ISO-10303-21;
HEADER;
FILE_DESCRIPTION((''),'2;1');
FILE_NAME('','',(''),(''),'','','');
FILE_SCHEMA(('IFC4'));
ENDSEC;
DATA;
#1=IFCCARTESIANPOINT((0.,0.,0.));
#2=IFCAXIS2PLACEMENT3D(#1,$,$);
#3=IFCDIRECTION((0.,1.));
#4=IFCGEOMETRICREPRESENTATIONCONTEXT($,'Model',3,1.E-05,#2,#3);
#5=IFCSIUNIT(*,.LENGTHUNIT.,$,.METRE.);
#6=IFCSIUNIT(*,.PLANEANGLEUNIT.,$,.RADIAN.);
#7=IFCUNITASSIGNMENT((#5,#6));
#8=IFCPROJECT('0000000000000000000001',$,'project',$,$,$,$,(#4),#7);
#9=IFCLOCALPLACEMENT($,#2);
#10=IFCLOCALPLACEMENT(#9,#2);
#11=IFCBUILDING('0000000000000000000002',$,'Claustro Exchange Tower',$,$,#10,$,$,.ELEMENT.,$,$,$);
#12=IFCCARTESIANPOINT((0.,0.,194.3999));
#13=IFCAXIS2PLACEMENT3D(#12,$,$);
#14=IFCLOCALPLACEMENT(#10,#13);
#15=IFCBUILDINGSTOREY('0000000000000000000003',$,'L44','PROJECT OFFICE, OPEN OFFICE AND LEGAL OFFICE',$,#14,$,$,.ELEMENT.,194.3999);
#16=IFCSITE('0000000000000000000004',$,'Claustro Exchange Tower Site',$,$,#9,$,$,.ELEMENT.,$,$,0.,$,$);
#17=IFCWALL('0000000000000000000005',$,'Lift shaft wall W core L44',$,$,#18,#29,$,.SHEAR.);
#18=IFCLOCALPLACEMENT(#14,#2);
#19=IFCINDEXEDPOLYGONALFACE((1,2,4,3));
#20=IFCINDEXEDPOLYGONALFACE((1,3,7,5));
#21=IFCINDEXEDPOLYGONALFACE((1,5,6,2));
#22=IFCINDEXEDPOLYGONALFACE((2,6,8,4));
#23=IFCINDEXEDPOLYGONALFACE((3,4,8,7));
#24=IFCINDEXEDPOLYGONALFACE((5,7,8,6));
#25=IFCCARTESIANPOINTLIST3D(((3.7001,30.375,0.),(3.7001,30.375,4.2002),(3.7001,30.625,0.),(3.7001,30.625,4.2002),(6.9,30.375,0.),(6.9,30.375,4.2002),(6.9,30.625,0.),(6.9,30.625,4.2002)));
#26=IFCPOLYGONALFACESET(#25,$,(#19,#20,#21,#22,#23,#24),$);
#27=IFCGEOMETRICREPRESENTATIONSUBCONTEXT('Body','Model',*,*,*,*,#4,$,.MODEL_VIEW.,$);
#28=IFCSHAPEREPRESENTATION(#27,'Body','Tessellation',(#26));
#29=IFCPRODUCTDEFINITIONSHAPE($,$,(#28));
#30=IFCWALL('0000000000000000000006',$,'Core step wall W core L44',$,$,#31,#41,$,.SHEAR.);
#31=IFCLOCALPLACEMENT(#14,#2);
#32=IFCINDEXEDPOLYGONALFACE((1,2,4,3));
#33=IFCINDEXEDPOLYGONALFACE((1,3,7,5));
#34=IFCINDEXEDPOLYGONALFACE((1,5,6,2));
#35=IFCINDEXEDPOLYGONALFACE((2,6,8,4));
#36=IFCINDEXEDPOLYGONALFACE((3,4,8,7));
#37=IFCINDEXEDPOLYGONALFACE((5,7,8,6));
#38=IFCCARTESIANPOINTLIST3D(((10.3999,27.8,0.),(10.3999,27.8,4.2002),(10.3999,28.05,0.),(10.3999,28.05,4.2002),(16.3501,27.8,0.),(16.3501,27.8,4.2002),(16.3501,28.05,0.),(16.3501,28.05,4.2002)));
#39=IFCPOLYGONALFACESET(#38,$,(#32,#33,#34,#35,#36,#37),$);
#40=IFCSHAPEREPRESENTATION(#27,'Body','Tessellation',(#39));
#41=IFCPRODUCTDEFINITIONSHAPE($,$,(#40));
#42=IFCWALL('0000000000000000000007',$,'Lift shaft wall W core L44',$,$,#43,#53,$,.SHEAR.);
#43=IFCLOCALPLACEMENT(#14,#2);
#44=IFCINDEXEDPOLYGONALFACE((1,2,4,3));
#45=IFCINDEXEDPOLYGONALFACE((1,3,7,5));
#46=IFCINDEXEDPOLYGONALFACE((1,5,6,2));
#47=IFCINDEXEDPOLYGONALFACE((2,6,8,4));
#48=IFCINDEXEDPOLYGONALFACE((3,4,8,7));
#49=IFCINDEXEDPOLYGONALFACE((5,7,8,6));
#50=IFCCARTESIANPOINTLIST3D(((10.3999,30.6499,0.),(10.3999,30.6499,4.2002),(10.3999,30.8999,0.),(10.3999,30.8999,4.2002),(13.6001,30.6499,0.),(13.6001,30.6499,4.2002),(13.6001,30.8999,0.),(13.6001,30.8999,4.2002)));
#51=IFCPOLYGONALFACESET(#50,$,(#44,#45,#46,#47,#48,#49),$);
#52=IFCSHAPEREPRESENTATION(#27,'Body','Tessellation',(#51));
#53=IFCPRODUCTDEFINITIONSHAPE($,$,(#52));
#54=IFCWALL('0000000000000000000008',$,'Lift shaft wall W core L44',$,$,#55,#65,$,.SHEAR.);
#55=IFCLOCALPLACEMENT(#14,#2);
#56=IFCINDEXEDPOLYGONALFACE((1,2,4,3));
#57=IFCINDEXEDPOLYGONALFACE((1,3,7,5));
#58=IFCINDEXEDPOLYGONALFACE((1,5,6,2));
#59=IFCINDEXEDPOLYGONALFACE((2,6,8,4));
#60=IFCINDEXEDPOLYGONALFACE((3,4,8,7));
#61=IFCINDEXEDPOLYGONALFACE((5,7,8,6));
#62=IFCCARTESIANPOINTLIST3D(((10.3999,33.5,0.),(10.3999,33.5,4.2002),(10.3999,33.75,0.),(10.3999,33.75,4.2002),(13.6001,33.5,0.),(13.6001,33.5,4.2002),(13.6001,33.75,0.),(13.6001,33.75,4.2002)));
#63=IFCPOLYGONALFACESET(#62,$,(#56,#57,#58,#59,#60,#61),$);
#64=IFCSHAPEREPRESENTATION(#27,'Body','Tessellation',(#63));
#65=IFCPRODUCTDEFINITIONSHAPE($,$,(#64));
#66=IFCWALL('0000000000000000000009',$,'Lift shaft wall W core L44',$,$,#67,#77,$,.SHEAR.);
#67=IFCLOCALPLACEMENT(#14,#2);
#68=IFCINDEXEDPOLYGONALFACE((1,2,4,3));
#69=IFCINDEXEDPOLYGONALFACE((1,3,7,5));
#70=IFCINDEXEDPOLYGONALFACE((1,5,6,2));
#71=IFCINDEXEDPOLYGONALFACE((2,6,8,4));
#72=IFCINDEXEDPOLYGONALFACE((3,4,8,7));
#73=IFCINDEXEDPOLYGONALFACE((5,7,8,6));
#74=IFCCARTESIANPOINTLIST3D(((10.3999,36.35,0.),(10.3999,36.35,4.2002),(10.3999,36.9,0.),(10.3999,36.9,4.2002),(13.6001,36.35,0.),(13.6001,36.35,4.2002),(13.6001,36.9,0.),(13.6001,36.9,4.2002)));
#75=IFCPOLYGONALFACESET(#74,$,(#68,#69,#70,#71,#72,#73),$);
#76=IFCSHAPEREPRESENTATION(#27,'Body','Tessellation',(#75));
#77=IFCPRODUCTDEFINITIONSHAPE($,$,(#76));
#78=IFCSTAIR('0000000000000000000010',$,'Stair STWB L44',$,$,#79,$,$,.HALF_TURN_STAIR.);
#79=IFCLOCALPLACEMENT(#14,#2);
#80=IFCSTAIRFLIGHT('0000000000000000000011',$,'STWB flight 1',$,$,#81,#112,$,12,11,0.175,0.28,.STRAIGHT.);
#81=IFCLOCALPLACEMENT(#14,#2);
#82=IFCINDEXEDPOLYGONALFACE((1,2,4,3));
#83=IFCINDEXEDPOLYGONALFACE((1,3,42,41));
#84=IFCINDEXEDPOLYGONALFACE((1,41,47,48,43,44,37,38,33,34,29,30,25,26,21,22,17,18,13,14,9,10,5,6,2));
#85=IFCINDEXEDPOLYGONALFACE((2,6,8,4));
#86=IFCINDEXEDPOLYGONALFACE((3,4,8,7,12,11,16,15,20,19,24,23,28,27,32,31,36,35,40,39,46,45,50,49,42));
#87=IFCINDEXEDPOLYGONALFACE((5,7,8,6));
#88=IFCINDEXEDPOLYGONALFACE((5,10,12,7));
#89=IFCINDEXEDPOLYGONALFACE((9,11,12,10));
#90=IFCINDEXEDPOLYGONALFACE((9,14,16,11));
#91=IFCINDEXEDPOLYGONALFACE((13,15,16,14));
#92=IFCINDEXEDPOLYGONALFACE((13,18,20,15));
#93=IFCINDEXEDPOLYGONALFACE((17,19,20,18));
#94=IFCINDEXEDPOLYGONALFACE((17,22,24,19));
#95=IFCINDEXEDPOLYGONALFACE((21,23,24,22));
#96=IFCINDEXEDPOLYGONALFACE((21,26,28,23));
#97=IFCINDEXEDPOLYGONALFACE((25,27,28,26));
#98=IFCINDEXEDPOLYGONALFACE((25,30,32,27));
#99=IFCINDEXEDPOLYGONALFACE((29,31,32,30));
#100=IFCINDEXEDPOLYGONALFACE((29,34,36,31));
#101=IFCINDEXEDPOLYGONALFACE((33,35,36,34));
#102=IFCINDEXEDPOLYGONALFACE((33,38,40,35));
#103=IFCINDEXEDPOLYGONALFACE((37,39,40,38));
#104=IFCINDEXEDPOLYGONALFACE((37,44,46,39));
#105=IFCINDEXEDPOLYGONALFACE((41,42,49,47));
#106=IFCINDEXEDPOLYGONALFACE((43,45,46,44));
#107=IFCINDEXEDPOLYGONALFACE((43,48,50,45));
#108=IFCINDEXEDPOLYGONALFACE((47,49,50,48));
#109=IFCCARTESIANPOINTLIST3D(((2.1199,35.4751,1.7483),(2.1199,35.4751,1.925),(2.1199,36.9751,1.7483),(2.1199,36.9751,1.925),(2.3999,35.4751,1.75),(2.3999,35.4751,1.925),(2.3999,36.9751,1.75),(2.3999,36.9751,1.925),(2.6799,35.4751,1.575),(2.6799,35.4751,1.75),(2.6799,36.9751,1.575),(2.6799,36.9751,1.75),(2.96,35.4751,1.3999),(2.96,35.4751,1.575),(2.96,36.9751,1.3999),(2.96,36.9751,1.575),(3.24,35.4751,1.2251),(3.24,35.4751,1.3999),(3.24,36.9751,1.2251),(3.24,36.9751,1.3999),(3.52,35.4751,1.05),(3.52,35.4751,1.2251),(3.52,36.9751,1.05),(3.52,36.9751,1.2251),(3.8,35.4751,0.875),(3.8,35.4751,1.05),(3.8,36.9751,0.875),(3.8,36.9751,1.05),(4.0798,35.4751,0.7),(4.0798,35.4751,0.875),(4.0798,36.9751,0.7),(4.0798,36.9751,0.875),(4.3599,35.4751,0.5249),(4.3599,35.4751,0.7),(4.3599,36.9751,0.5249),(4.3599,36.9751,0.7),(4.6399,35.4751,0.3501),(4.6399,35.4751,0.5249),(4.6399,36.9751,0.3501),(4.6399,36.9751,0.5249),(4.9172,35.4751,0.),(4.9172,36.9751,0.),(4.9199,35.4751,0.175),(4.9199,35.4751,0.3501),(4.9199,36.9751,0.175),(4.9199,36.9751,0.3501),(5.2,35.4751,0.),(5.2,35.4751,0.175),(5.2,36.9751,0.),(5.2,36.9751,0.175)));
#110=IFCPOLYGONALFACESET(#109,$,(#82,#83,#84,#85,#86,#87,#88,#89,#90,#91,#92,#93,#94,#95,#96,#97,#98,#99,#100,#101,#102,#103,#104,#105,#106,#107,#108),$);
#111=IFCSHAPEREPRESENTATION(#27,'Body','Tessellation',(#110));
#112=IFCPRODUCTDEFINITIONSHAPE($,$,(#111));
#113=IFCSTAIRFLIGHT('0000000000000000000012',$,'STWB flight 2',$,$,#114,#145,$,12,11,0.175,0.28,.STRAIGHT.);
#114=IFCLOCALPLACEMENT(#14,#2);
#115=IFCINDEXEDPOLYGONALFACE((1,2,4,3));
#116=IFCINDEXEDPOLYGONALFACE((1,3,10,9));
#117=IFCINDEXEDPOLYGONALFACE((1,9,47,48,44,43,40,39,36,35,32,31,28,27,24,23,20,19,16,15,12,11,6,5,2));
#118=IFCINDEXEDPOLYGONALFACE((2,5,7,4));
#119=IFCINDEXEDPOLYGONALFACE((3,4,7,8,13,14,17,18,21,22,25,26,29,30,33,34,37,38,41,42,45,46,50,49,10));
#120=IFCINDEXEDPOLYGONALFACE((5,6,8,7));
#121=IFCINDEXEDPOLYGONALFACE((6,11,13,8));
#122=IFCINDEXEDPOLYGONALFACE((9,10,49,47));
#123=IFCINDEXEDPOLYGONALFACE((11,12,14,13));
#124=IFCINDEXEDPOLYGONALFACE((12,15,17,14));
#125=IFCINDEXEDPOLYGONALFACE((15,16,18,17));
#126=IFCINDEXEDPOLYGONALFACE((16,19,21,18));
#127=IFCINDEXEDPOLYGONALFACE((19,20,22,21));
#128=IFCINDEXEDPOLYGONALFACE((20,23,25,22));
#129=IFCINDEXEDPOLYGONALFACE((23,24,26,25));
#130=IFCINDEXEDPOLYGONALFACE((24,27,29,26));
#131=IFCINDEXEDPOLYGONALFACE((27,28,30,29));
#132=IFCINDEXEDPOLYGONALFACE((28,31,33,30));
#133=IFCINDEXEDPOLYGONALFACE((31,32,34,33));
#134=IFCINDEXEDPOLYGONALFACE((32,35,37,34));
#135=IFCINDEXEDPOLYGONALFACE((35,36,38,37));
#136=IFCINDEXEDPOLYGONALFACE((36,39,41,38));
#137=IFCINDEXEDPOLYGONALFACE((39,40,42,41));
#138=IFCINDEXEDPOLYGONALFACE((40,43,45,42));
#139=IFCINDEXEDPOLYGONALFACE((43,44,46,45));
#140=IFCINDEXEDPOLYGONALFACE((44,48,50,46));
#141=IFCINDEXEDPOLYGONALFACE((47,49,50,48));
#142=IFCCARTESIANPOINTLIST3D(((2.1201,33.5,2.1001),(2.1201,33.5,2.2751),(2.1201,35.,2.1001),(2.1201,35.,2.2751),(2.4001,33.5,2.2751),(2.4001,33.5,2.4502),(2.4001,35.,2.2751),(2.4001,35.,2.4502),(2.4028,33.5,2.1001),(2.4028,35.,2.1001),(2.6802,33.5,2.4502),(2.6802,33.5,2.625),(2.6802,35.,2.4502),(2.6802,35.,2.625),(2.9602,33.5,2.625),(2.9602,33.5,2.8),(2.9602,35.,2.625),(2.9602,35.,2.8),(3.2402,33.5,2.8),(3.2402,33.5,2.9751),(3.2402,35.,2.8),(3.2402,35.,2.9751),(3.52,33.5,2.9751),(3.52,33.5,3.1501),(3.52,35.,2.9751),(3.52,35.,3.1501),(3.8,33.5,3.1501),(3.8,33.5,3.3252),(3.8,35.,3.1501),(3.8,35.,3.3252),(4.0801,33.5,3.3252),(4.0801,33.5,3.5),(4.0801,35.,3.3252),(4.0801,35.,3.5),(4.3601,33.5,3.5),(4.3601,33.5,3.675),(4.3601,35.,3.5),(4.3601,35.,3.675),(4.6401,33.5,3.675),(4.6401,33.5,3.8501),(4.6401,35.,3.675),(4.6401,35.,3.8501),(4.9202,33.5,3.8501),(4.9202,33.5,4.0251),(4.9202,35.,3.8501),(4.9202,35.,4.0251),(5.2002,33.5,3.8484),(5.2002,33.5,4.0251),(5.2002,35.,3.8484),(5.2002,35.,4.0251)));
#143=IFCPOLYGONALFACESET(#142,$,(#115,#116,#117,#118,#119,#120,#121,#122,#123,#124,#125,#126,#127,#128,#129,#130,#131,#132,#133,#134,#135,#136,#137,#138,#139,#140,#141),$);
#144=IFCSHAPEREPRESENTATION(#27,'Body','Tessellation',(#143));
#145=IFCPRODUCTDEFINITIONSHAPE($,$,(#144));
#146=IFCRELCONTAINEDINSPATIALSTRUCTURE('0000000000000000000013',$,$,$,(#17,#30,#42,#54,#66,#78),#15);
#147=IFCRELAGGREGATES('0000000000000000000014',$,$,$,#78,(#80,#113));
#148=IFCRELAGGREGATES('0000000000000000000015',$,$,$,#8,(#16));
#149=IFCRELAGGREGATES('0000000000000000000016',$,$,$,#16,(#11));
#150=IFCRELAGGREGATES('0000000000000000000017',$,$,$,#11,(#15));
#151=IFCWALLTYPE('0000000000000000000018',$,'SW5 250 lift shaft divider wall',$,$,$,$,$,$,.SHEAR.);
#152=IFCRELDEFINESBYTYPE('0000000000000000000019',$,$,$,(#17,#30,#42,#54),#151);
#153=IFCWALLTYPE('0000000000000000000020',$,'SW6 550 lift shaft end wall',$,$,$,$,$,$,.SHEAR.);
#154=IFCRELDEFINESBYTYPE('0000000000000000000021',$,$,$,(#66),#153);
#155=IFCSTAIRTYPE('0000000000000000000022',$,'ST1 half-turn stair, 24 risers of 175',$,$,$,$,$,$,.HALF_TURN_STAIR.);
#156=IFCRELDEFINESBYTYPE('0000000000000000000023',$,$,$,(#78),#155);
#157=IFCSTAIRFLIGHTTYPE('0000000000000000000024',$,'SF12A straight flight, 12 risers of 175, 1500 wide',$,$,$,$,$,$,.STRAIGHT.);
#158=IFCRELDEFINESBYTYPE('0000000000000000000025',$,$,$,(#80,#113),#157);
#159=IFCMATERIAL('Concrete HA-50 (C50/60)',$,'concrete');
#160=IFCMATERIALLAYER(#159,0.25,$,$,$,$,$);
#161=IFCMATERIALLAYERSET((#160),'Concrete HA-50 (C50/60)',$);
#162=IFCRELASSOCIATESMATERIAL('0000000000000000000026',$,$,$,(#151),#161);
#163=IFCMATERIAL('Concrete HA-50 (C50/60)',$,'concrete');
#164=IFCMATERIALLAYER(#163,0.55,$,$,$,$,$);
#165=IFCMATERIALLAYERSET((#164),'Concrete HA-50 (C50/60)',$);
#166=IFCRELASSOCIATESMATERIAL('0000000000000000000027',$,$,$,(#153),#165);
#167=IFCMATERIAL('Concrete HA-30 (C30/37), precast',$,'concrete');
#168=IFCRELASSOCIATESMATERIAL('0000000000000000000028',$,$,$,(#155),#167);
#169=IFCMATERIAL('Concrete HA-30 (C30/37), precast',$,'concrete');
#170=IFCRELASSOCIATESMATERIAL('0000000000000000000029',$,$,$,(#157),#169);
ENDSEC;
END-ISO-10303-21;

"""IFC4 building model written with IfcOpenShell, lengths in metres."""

from ifc_helpers import new_model, si_unit, direction, frame, frame_2d, origin, place, context, subcontext, project, spatial, polyline, rectangle, outline, extrude, material, layer, layer_set, type_object, element, aggregate, save


model = new_model("IFC4")

# Units and contexts
model_context = context("Model", 3, precision=1e-05, world=origin(), true_north=direction((0.0, 1.0)))
body_context = subcontext(model_context, "Body", "Model", "MODEL_VIEW")
ifc_project = project(units=[si_unit("LENGTHUNIT", "METRE"), si_unit("PLANEANGLEUNIT", "RADIAN")], contexts=[model_context])

# Site, building, storey
site_placement = place(None, origin())
site = spatial("IfcSite", under=ifc_project, at=site_placement, Name="Claustro Exchange Tower Site", CompositionType="ELEMENT", RefElevation=0.0)
building_placement = place(site_placement, origin())
building = spatial("IfcBuilding", under=site, at=building_placement, Name="Claustro Exchange Tower", CompositionType="ELEMENT")
storey_placement = place(building_placement, frame((0.0, 0.0, 194.3999)))
storey = spatial("IfcBuildingStorey", under=building, at=storey_placement, Name="L44", Description="PROJECT OFFICE, OPEN OFFICE AND LEGAL OFFICE", CompositionType="ELEMENT", Elevation=194.3999)

# Walls
ifc_material_1 = material(Name="Concrete HA-50 (C50/60)", Category="concrete")
ifc_layer_1 = layer(ifc_material_1, 0.25)
ifc_layer_set_1 = layer_set([ifc_layer_1], Name="Concrete HA-50 (C50/60)")
wall_type_1 = type_object("IfcWallType", Name="SW5 250 lift shaft divider wall", PredefinedType="SHEAR", material=ifc_layer_set_1)
wall_1_placement = place(storey_placement, frame((3.7, 30.5, 0.0), z_axis=(0.0, 0.0, 1.0), x_axis=(1.0, 0.0, 0.0)))
element("IfcWall", 1, at=wall_1_placement, inside=storey, type_object=wall_type_1, Name="Lift shaft wall W core L44", PredefinedType="SHEAR", context=body_context, shape_type="SweptSolid", body=[
    extrude(rectangle(XDim=3.2, YDim=0.25, at=frame_2d((1.6001, 0.0))), origin(), (0.0, 0.0, 1.0), 4.2002),
])
wall_2_placement = place(storey_placement, frame((10.3999, 27.925, 0.0), z_axis=(0.0, 0.0, 1.0), x_axis=(1.0, 0.0, 0.0)))
element("IfcWall", 2, at=wall_2_placement, inside=storey, type_object=wall_type_1, Name="Core step wall W core L44", PredefinedType="SHEAR", context=body_context, shape_type="SweptSolid", body=[
    extrude(rectangle(XDim=5.9502, YDim=0.25, at=frame_2d((2.9751, 0.0))), origin(), (0.0, 0.0, 1.0), 4.2002),
])
for number, where, z_axis, x_axis, name in (
    (3, (10.3999, 30.7749, 0.0), (0.0, 0.0, 1.0), (1.0, 0.0, 0.0), "Lift shaft wall W core L44"),
    (4, (10.3999, 33.625, 0.0), (0.0, 0.0, 1.0), (1.0, 0.0, 0.0), "Lift shaft wall W core L44"),
):
    element("IfcWall", number, at=place(storey_placement, frame(where, z_axis=z_axis, x_axis=x_axis)), inside=storey, type_object=wall_type_1, Name=name, PredefinedType="SHEAR", context=body_context, shape_type="SweptSolid", body=[
        extrude(rectangle(XDim=3.2002, YDim=0.25, at=frame_2d((1.6001, 0.0))), origin(), (0.0, 0.0, 1.0), 4.2002),
    ])
ifc_material_2 = material(Name="Concrete HA-50 (C50/60)", Category="concrete")
ifc_layer_2 = layer(ifc_material_2, 0.55)
ifc_layer_set_2 = layer_set([ifc_layer_2], Name="Concrete HA-50 (C50/60)")
wall_type_2 = type_object("IfcWallType", Name="SW6 550 lift shaft end wall", PredefinedType="SHEAR", material=ifc_layer_set_2)
wall_3_placement = place(storey_placement, frame((10.3999, 36.625, 0.0), z_axis=(0.0, 0.0, 1.0), x_axis=(1.0, 0.0, 0.0)))
element("IfcWall", 5, at=wall_3_placement, inside=storey, type_object=wall_type_2, Name="Lift shaft wall W core L44", PredefinedType="SHEAR", context=body_context, shape_type="SweptSolid", body=[
    extrude(rectangle(XDim=3.2002, YDim=0.55, at=frame_2d((1.6001, 0.0))), origin(), (0.0, 0.0, 1.0), 4.2002),
])

# Stair, stair flights
ifc_material_3 = material(Name="Concrete HA-30 (C30/37), precast", Category="concrete")
stair_type = type_object("IfcStairType", Name="ST1 half-turn stair, 24 risers of 175", PredefinedType="HALF_TURN_STAIR", material=ifc_material_3)
stair_placement = place(storey_placement, origin())
stair = element("IfcStair", 6, at=stair_placement, inside=storey, type_object=stair_type, Name="Stair STWB L44", PredefinedType="HALF_TURN_STAIR")
ifc_material_4 = material(Name="Concrete HA-30 (C30/37), precast", Category="concrete")
stair_flight_type = type_object("IfcStairFlightType", Name="SF12A straight flight, 12 risers of 175, 1500 wide", PredefinedType="STRAIGHT", material=ifc_material_4)
stair_flight_1_placement = place(storey_placement, frame((5.2, 36.2251, 0.0), z_axis=(0.0, 0.0, 1.0), x_axis=(-1.0, 0.0, 0.0)))
stair_flight_1 = element("IfcStairFlight", 7, at=stair_flight_1_placement, type_object=stair_flight_type, Name="STWB flight 1", NumberOfRisers=12, NumberOfTreads=11, PredefinedType="STRAIGHT", RiserHeight=0.175, TreadLength=0.28, context=body_context, shape_type="SweptSolid", body=[
    extrude(outline(polyline([(0.0, 0.0), (0.0, 0.175), (0.28, 0.175), (0.28, 0.3501), (0.5601, 0.3501), (0.5601, 0.5249), (0.8401, 0.5249), (0.8401, 0.7), (1.1201, 0.7), (1.1201, 0.875), (1.3999, 0.875), (1.3999, 1.05), (1.6799, 1.05), (1.6799, 1.2251), (1.96, 1.2251), (1.96, 1.3999), (2.24, 1.3999), (2.24, 1.575), (2.52, 1.575), (2.52, 1.75), (2.8, 1.75), (2.8, 1.925), (3.0801, 1.925), (3.0801, 2.1001), (3.0801, 1.7483), (0.2827, 0.0), (0.0, 0.0)])), frame((0.0, 0.75, 0.0), z_axis=(0.0, -1.0, 0.0), x_axis=(1.0, 0.0, 0.0)), (0.0, 0.0, 1.0), 1.5),
])
stair_flight_2_placement = place(storey_placement, frame((2.1201, 34.25, 2.1001), z_axis=(0.0, 0.0, 1.0), x_axis=(1.0, 0.0, 0.0)))
stair_flight_2 = element("IfcStairFlight", 8, at=stair_flight_2_placement, type_object=stair_flight_type, Name="STWB flight 2", NumberOfRisers=12, NumberOfTreads=11, PredefinedType="STRAIGHT", RiserHeight=0.175, TreadLength=0.28, context=body_context, shape_type="SweptSolid", body=[
    extrude(outline(polyline([(0.0, 0.0), (0.0, 0.175), (0.28, 0.175), (0.28, 0.3501), (0.5601, 0.3501), (0.5601, 0.5249), (0.8401, 0.5249), (0.8401, 0.7), (1.1201, 0.7), (1.1201, 0.875), (1.3999, 0.875), (1.3999, 1.05), (1.6799, 1.05), (1.6799, 1.2251), (1.96, 1.2251), (1.96, 1.3999), (2.24, 1.3999), (2.24, 1.575), (2.52, 1.575), (2.52, 1.75), (2.8, 1.75), (2.8, 1.925), (3.0801, 1.925), (3.0801, 2.1001), (3.0801, 1.7483), (0.2827, 0.0), (0.0, 0.0)])), frame((0.0, 0.75, 0.0), z_axis=(0.0, -1.0, 0.0), x_axis=(1.0, 0.0, 0.0)), (0.0, 0.0, 1.0), 1.5),
])
aggregate(stair, [stair_flight_1, stair_flight_2])

save(model, "model.ifc")
